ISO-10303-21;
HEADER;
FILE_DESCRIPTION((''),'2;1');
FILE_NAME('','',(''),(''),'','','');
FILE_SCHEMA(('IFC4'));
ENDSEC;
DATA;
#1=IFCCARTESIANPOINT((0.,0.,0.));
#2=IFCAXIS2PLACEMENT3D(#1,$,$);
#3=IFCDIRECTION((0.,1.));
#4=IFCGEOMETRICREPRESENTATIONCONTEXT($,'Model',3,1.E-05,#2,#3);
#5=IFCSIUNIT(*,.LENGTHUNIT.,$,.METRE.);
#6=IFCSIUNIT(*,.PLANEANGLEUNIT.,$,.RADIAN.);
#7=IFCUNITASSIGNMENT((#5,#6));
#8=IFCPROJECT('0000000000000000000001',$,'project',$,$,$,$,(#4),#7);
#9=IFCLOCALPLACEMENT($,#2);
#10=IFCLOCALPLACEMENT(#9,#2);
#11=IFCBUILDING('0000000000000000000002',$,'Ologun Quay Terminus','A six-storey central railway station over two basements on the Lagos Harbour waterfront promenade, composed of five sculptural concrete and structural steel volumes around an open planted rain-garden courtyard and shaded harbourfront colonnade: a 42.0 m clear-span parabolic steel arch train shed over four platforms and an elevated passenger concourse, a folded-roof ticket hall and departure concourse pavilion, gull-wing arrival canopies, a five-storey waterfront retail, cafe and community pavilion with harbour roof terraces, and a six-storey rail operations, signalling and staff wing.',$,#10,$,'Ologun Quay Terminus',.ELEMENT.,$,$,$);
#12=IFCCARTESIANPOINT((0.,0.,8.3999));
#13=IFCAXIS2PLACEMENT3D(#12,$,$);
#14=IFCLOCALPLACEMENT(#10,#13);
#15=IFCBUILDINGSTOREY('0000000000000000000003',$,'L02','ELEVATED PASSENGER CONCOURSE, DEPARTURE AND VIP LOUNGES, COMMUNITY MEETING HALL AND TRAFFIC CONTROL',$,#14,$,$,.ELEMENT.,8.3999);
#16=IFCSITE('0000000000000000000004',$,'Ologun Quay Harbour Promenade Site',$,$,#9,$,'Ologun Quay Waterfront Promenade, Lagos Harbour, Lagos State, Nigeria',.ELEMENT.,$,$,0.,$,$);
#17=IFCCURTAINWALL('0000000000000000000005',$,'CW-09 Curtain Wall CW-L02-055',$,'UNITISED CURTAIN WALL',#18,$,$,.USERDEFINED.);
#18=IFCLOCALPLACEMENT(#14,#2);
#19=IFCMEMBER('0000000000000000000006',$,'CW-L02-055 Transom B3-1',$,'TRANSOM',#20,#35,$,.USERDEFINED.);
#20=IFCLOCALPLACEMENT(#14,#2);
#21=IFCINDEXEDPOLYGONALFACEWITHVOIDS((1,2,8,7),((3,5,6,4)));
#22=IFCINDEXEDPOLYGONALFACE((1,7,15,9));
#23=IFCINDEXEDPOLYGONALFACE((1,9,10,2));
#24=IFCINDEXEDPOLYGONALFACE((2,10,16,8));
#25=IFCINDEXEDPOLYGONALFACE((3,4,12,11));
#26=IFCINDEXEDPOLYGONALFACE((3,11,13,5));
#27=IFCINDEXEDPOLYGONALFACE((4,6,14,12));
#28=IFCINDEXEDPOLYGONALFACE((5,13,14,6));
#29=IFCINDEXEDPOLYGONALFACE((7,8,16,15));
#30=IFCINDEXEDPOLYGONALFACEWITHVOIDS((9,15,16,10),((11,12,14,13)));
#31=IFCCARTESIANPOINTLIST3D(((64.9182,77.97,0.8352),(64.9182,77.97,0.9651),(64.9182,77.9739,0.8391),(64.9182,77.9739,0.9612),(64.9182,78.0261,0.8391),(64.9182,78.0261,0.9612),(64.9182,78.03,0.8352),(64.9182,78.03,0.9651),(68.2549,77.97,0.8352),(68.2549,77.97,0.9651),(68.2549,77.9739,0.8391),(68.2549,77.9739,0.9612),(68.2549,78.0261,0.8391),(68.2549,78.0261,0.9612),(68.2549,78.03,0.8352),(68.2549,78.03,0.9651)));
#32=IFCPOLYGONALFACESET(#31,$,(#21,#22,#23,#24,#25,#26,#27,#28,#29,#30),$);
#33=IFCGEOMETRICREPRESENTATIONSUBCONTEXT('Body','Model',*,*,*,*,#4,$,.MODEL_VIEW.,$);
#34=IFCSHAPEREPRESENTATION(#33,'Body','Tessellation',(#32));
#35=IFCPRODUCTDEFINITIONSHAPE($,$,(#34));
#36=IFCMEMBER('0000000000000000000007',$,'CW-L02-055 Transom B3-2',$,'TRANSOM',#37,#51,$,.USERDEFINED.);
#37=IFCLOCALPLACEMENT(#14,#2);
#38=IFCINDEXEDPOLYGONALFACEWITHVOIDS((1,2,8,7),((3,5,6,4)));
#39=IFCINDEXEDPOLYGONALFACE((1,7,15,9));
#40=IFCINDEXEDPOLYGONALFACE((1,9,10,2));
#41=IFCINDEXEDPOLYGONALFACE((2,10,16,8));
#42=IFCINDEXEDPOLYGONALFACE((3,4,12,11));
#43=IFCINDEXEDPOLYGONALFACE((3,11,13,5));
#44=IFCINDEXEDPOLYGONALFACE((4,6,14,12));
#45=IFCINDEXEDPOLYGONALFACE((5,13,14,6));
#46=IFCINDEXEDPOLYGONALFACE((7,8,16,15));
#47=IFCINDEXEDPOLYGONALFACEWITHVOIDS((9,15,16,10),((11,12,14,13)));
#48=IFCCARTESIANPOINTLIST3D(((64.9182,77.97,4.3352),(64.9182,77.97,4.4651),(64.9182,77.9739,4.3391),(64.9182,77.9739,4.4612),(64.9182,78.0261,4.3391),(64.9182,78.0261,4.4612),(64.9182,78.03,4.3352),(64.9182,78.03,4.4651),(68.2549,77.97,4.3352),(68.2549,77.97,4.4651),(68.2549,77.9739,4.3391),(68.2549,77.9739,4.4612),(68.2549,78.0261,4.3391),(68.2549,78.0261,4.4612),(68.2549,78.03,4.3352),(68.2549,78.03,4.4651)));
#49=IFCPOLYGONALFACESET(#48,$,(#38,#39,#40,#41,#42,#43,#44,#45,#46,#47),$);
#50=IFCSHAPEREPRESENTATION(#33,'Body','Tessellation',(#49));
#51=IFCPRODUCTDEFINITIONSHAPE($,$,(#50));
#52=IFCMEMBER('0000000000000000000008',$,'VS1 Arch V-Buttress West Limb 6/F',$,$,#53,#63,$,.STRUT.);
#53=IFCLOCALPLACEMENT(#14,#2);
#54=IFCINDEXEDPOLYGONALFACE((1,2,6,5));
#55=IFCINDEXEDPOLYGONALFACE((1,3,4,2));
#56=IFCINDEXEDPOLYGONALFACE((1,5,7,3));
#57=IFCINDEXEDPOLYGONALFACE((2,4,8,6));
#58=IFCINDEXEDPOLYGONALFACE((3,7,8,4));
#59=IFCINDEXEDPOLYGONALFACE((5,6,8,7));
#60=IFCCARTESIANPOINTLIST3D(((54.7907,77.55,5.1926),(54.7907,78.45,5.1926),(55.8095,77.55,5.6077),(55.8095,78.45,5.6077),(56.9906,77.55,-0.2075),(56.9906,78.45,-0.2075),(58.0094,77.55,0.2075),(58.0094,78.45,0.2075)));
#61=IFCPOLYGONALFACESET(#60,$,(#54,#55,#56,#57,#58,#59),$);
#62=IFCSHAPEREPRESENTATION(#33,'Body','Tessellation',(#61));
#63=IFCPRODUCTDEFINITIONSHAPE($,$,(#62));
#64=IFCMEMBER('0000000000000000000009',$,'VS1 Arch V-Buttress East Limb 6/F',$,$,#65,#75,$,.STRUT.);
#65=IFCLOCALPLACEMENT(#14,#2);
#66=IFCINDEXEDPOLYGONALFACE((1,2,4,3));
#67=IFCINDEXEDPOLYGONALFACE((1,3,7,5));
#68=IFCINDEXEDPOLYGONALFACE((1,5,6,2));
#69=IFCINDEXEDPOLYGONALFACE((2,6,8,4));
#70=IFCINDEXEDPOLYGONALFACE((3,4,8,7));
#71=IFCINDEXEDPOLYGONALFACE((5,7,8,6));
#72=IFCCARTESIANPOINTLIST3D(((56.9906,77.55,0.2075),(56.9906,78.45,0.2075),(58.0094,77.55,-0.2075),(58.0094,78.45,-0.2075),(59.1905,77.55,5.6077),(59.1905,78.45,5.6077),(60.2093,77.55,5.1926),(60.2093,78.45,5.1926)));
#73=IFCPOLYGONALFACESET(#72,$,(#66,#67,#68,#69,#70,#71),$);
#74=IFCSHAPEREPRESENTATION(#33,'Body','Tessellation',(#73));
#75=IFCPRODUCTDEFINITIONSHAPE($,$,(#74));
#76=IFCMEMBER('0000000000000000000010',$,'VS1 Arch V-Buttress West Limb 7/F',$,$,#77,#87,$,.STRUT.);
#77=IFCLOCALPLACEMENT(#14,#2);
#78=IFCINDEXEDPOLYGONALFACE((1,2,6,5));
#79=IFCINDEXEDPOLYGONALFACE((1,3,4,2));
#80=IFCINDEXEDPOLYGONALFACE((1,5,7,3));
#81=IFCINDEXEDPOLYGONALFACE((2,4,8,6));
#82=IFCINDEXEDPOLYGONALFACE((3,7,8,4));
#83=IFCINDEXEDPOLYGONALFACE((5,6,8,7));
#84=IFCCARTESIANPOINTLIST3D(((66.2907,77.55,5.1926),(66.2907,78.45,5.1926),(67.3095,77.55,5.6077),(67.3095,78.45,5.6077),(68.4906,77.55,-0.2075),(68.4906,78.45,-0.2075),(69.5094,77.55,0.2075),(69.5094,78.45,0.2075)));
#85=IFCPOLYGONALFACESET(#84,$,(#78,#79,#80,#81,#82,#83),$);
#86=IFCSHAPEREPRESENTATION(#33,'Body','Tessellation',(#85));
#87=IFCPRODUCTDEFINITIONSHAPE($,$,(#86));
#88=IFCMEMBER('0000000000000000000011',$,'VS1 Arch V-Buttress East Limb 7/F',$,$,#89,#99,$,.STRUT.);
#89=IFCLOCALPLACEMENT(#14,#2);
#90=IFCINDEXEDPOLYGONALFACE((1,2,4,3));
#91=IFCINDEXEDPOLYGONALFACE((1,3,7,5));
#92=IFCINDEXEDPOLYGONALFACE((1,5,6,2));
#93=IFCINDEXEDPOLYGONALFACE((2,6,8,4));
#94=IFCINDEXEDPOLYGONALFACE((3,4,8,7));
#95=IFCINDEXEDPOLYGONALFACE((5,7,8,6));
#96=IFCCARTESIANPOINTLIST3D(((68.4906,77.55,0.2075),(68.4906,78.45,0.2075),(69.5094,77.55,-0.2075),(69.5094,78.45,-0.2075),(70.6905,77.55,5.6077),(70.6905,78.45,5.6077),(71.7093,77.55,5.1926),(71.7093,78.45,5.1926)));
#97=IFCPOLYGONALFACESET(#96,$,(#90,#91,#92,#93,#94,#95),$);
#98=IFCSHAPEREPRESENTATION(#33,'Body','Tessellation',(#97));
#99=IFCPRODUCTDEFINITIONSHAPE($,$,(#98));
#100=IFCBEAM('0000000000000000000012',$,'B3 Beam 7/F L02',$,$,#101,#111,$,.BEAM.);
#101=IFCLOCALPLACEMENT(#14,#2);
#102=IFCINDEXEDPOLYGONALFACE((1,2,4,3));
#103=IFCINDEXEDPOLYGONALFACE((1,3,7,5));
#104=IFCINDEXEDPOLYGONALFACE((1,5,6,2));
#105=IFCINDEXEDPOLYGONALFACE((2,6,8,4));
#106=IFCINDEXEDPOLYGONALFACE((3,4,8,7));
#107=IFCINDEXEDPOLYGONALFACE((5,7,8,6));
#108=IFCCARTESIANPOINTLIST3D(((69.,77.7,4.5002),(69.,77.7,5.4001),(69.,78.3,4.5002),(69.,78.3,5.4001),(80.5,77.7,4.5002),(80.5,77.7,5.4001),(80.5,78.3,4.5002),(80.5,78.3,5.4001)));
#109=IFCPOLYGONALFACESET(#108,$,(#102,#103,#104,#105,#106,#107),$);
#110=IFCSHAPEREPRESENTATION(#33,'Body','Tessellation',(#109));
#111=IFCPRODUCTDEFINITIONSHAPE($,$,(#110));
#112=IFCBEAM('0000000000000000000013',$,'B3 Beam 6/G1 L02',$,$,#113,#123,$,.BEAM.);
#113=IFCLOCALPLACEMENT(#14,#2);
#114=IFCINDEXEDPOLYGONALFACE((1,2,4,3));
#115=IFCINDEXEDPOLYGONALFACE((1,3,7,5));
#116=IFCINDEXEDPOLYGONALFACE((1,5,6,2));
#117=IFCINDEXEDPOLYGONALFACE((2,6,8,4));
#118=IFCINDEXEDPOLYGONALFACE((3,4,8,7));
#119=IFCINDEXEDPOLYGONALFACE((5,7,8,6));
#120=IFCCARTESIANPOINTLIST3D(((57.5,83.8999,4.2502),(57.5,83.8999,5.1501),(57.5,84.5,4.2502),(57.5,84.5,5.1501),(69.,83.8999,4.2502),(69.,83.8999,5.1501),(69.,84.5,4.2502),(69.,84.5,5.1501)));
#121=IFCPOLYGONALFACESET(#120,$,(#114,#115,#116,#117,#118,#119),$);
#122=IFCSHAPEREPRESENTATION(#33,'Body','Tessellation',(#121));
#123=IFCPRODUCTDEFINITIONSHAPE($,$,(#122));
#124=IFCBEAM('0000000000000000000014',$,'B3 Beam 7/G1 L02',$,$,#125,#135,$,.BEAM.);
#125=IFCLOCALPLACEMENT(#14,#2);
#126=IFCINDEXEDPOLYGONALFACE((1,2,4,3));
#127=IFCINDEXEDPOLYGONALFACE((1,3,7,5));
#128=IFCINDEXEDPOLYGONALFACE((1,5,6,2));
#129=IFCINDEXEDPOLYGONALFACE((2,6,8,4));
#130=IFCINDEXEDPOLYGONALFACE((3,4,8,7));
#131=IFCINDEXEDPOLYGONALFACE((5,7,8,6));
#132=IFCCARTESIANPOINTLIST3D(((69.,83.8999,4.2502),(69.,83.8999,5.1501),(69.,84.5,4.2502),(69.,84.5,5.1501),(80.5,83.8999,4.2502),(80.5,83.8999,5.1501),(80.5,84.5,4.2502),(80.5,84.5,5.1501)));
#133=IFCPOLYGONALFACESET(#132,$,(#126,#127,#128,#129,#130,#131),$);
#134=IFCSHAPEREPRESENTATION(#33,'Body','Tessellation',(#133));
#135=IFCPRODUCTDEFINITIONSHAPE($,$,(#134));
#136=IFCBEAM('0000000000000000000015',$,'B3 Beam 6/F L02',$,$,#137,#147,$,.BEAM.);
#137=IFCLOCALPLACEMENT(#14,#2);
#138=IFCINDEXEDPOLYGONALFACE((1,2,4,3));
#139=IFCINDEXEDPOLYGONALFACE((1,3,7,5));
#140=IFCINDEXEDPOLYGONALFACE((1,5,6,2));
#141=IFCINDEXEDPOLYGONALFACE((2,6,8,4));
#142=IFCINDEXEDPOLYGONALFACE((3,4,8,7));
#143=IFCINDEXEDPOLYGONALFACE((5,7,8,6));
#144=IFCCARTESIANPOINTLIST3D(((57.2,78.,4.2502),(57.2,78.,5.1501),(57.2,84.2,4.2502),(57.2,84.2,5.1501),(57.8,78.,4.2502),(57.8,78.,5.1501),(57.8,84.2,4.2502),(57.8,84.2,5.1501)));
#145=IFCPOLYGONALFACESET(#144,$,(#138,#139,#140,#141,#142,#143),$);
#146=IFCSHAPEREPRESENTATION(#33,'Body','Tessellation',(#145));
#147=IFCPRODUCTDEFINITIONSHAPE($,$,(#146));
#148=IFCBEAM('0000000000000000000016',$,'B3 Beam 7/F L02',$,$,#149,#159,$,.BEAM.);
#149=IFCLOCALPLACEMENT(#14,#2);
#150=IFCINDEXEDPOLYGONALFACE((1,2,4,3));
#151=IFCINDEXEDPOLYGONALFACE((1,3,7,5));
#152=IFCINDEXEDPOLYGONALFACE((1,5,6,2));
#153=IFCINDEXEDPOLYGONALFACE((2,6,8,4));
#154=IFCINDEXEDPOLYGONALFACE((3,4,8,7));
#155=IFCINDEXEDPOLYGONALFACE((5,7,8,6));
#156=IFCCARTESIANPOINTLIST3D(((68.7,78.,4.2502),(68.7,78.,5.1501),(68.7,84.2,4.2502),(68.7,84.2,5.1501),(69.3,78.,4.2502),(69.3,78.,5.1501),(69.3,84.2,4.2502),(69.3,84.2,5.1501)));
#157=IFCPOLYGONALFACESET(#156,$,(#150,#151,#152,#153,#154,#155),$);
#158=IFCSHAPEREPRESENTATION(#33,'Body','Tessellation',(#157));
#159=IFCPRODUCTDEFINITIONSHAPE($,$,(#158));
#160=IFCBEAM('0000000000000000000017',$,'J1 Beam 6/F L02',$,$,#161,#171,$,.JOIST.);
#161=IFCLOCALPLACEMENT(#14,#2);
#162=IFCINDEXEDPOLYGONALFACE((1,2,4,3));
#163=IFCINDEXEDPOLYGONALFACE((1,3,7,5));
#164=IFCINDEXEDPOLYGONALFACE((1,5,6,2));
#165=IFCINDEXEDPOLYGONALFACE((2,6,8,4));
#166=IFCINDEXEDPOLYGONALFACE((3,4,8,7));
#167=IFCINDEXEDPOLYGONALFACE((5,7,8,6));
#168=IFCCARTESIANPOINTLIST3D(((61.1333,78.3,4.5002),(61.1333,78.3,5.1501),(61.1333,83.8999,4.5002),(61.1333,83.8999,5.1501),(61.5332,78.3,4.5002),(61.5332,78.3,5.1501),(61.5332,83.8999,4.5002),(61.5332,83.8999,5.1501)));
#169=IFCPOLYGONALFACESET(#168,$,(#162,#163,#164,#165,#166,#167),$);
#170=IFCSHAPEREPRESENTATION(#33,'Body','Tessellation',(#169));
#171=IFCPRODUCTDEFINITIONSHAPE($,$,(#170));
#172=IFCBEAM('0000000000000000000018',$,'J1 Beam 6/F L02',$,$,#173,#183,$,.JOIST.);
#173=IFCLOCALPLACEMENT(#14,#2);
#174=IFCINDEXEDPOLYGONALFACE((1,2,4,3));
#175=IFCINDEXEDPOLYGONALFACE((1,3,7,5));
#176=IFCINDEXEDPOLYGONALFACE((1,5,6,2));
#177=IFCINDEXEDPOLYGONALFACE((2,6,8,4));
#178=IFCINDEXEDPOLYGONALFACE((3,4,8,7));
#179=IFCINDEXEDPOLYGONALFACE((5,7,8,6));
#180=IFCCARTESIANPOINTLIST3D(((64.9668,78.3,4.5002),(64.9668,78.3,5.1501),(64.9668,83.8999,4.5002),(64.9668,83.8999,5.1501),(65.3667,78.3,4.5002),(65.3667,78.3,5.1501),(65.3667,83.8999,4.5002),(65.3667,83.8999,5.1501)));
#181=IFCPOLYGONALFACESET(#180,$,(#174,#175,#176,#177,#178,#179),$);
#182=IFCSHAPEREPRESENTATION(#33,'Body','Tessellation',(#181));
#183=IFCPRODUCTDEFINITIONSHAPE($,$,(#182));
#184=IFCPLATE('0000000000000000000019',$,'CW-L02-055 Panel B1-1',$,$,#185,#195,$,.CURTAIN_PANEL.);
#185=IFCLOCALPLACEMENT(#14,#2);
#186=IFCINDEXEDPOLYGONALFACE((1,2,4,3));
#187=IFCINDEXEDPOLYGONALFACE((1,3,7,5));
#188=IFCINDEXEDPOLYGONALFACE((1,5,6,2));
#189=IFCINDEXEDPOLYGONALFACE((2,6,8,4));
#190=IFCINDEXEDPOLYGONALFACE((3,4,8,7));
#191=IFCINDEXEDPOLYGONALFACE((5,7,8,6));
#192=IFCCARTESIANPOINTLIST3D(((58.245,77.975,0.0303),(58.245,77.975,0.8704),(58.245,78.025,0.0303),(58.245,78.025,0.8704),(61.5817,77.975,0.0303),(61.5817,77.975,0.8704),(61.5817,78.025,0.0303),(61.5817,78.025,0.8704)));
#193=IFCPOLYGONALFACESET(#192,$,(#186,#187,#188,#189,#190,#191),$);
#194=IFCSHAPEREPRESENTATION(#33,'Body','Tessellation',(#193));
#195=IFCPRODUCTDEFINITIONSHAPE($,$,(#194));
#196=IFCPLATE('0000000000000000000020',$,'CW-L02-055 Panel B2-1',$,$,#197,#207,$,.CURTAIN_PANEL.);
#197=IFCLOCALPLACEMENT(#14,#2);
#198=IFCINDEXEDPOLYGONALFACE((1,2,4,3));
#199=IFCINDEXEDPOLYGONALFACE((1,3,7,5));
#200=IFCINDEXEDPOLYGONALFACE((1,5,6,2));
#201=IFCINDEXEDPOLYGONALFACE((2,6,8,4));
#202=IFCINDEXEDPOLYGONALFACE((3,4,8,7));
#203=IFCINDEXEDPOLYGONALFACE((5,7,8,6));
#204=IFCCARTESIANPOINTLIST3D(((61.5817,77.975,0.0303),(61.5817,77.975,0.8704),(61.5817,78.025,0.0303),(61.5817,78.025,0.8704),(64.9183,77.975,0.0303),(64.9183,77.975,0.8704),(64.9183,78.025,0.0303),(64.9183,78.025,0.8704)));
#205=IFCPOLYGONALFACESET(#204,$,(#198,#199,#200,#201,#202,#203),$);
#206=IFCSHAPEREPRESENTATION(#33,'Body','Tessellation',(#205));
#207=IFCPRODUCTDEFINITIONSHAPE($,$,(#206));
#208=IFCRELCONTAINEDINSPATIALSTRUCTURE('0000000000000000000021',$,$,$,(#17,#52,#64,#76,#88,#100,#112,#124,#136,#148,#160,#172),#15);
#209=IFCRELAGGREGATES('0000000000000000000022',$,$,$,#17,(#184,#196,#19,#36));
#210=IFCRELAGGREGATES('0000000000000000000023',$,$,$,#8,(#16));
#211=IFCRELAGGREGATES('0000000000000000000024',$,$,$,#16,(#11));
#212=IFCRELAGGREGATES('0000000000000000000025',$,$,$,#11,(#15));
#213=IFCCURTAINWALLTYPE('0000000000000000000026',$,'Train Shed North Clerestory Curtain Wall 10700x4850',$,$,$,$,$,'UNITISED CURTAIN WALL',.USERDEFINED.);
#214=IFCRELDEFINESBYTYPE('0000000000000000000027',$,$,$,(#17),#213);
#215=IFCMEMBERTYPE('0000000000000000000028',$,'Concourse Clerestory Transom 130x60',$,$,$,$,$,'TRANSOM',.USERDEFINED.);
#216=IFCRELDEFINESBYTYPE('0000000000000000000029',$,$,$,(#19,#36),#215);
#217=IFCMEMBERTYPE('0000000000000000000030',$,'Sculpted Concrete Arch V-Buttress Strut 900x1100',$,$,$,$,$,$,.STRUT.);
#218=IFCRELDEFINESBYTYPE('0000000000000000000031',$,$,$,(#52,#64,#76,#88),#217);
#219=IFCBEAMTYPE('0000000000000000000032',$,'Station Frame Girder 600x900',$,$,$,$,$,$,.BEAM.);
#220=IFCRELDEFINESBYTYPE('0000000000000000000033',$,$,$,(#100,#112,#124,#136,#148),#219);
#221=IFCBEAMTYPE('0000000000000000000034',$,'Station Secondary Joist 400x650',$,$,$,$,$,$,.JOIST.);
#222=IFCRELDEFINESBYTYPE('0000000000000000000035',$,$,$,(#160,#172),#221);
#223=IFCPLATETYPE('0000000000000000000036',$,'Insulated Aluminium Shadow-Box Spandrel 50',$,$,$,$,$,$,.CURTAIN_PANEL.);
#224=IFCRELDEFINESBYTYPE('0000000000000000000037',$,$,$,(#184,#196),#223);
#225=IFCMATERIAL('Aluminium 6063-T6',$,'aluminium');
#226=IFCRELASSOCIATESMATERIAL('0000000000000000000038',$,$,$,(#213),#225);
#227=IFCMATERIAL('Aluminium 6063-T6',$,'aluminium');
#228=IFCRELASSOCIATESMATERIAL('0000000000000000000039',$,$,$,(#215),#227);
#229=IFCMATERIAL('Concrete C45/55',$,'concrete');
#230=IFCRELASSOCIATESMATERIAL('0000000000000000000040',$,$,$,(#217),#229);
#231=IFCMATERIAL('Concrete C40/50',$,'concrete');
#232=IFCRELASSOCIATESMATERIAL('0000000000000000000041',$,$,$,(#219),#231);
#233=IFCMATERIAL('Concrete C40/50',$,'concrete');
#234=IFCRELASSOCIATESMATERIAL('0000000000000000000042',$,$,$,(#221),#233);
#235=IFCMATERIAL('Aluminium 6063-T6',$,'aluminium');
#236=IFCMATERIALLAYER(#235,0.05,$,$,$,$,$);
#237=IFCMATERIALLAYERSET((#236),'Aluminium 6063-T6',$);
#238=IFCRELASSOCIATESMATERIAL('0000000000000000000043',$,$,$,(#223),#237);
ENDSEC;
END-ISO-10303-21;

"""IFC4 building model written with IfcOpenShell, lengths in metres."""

from ifc_helpers import new_model, si_unit, direction, frame, origin, origin_2d, place, context, subcontext, project, spatial, rectangle, hollow_rectangle, extrude, material, layer, layer_set, material_profile, profile_set, type_object, element, aggregate, save


model = new_model("IFC4")

# Units and contexts
model_context = context("Model", 3, precision=1e-05, world=origin(), true_north=direction((0.0, 1.0)))
body_context = subcontext(model_context, "Body", "Model", "MODEL_VIEW")
ifc_project = project(units=[si_unit("LENGTHUNIT", "METRE"), si_unit("PLANEANGLEUNIT", "RADIAN")], contexts=[model_context])

# Site, building, storey
site_placement = place(None, origin())
site = spatial("IfcSite", under=ifc_project, at=site_placement, Name="Ologun Quay Harbour Promenade Site", LongName="Ologun Quay Waterfront Promenade, Lagos Harbour, Lagos State, Nigeria", CompositionType="ELEMENT", RefElevation=0.0)
building_placement = place(site_placement, origin())
building = spatial("IfcBuilding", under=site, at=building_placement, Name="Ologun Quay Terminus", Description="A six-storey central railway station over two basements on the Lagos Harbour waterfront promenade, composed of five sculptural concrete and structural steel volumes around an open planted rain-garden courtyard and shaded harbourfront colonnade: a 42.0 m clear-span parabolic steel arch train shed over four platforms and an elevated passenger concourse, a folded-roof ticket hall and departure concourse pavilion, gull-wing arrival canopies, a five-storey waterfront retail, cafe and community pavilion with harbour roof terraces, and a six-storey rail operations, signalling and staff wing.", LongName="Ologun Quay Terminus", CompositionType="ELEMENT")
storey_placement = place(building_placement, frame((0.0, 0.0, 8.3999)))
storey = spatial("IfcBuildingStorey", under=building, at=storey_placement, Name="L02", Description="ELEVATED PASSENGER CONCOURSE, DEPARTURE AND VIP LOUNGES, COMMUNITY MEETING HALL AND TRAFFIC CONTROL", CompositionType="ELEMENT", Elevation=8.3999)

# Curtain wall, members
ifc_material_1 = material(Name="Aluminium 6063-T6", Category="aluminium")
curtain_wall_type = type_object("IfcCurtainWallType", Name="Train Shed North Clerestory Curtain Wall 10700x4850", ElementType="UNITISED CURTAIN WALL", PredefinedType="USERDEFINED", material=ifc_material_1)
curtain_wall_placement = place(storey_placement, origin())
curtain_wall = element("IfcCurtainWall", 1, at=curtain_wall_placement, inside=storey, type_object=curtain_wall_type, Name="CW-09 Curtain Wall CW-L02-055", ObjectType="UNITISED CURTAIN WALL", PredefinedType="USERDEFINED")
ifc_material_2 = material(Name="Aluminium 6063-T6", Category="aluminium")
ifc_material_profile_1 = material_profile(ifc_material_2, hollow_rectangle(XDim=0.0601, YDim=0.1299, WallThickness=0.0039, at=origin_2d()), Name="ALU 130x60x4")
ifc_profile_set_1 = profile_set([ifc_material_profile_1], Name="Aluminium 6063-T6")
member_type_1 = type_object("IfcMemberType", Name="Concourse Clerestory Transom 130x60", ElementType="TRANSOM", PredefinedType="USERDEFINED", material=ifc_profile_set_1)
member_1_placement = place(storey_placement, frame((64.9182, 78.0, 0.9001), z_axis=(1.0, 0.0, 0.0), x_axis=(0.0, 1.0, 0.0)))
member_1 = element("IfcMember", 2, at=member_1_placement, type_object=member_type_1, Name="CW-L02-055 Transom B3-1", ObjectType="TRANSOM", PredefinedType="USERDEFINED", context=body_context, shape_type="SweptSolid", body=[
    extrude(hollow_rectangle(XDim=0.0601, YDim=0.1299, WallThickness=0.0039, at=origin_2d()), origin(), (0.0, 0.0, 1.0), 3.3367),
])
member_2_placement = place(storey_placement, frame((64.9182, 78.0, 4.4001), z_axis=(1.0, 0.0, 0.0), x_axis=(0.0, 1.0, 0.0)))
member_2 = element("IfcMember", 3, at=member_2_placement, type_object=member_type_1, Name="CW-L02-055 Transom B3-2", ObjectType="TRANSOM", PredefinedType="USERDEFINED", context=body_context, shape_type="SweptSolid", body=[
    extrude(hollow_rectangle(XDim=0.0601, YDim=0.1299, WallThickness=0.0039, at=origin_2d()), origin(), (0.0, 0.0, 1.0), 3.3367),
])

# Members
ifc_material_3 = material(Name="Concrete C45/55", Category="concrete")
ifc_material_profile_2 = material_profile(ifc_material_3, rectangle(XDim=0.8999, YDim=1.1001, at=origin_2d()), Name="RC 900x1100")
ifc_profile_set_2 = profile_set([ifc_material_profile_2], Name="Concrete C45/55")
member_type_2 = type_object("IfcMemberType", Name="Sculpted Concrete Arch V-Buttress Strut 900x1100", PredefinedType="STRUT", material=ifc_profile_set_2)
for number, where, z_axis, x_axis, name in (
    (4, (57.5, 78.0, 0.0), (-0.377281, 0.0, 0.926099), (0.0, -1.0, 0.0), "VS1 Arch V-Buttress West Limb 6/F"),
    (5, (57.5, 78.0, 0.0), (0.377281, 0.0, 0.926099), (0.0, 1.0, 0.0), "VS1 Arch V-Buttress East Limb 6/F"),
    (6, (69.0, 78.0, 0.0), (-0.377281, 0.0, 0.926099), (0.0, -1.0, 0.0), "VS1 Arch V-Buttress West Limb 7/F"),
    (7, (69.0, 78.0, 0.0), (0.377281, 0.0, 0.926099), (0.0, 1.0, 0.0), "VS1 Arch V-Buttress East Limb 7/F"),
):
    element("IfcMember", number, at=place(storey_placement, frame(where, z_axis=z_axis, x_axis=x_axis)), inside=storey, type_object=member_type_2, Name=name, PredefinedType="STRUT", context=body_context, shape_type="SweptSolid", body=[
        extrude(rectangle(XDim=0.8999, YDim=1.1001, at=origin_2d()), origin(), (0.0, 0.0, 1.0), 5.8311),
    ])

# Beams
ifc_material_4 = material(Name="Concrete C40/50", Category="concrete")
ifc_material_profile_3 = material_profile(ifc_material_4, rectangle(XDim=0.6001, YDim=0.8999, at=origin_2d()), Name="RC 600x900")
ifc_profile_set_3 = profile_set([ifc_material_profile_3], Name="Concrete C40/50")
beam_type_1 = type_object("IfcBeamType", Name="Station Frame Girder 600x900", PredefinedType="BEAM", material=ifc_profile_set_3)
for number, where, z_axis, x_axis, name in (
    (8, (69.0, 78.0, 4.9502), (1.0, 0.0, 0.0), (0.0, 1.0, 0.0), "B3 Beam 7/F L02"),
    (9, (57.5, 84.2, 4.7002), (1.0, 0.0, 0.0), (0.0, 1.0, 0.0), "B3 Beam 6/G1 L02"),
    (10, (69.0, 84.2, 4.7002), (1.0, 0.0, 0.0), (0.0, 1.0, 0.0), "B3 Beam 7/G1 L02"),
):
    element("IfcBeam", number, at=place(storey_placement, frame(where, z_axis=z_axis, x_axis=x_axis)), inside=storey, type_object=beam_type_1, Name=name, PredefinedType="BEAM", context=body_context, shape_type="SweptSolid", body=[
        extrude(rectangle(XDim=0.6001, YDim=0.8999, at=origin_2d()), origin(), (0.0, 0.0, 1.0), 11.5),
    ])
for number, where, z_axis, x_axis, name in (
    (11, (57.5, 78.0, 4.7002), (0.0, 1.0, 0.0), (-1.0, 0.0, 0.0), "B3 Beam 6/F L02"),
    (12, (69.0, 78.0, 4.7002), (0.0, 1.0, 0.0), (-1.0, 0.0, 0.0), "B3 Beam 7/F L02"),
):
    element("IfcBeam", number, at=place(storey_placement, frame(where, z_axis=z_axis, x_axis=x_axis)), inside=storey, type_object=beam_type_1, Name=name, PredefinedType="BEAM", context=body_context, shape_type="SweptSolid", body=[
        extrude(rectangle(XDim=0.6001, YDim=0.8999, at=origin_2d()), origin(), (0.0, 0.0, 1.0), 6.2),
    ])
ifc_material_5 = material(Name="Concrete C40/50", Category="concrete")
ifc_material_profile_4 = material_profile(ifc_material_5, rectangle(XDim=0.3999, YDim=0.6499, at=origin_2d()), Name="RC 400x650")
ifc_profile_set_4 = profile_set([ifc_material_profile_4], Name="Concrete C40/50")
beam_type_2 = type_object("IfcBeamType", Name="Station Secondary Joist 400x650", PredefinedType="JOIST", material=ifc_profile_set_4)
for number, where, z_axis, x_axis, name in (
    (13, (61.3333, 78.3, 4.8252), (0.0, 1.0, 0.0), (-1.0, 0.0, 0.0), "J1 Beam 6/F L02"),
    (14, (65.1667, 78.3, 4.8252), (0.0, 1.0, 0.0), (-1.0, 0.0, 0.0), "J1 Beam 6/F L02"),
):
    element("IfcBeam", number, at=place(storey_placement, frame(where, z_axis=z_axis, x_axis=x_axis)), inside=storey, type_object=beam_type_2, Name=name, PredefinedType="JOIST", context=body_context, shape_type="SweptSolid", body=[
        extrude(rectangle(XDim=0.3999, YDim=0.6499, at=origin_2d()), origin(), (0.0, 0.0, 1.0), 5.5999),
    ])

# Plates
ifc_material_6 = material(Name="Aluminium 6063-T6", Category="aluminium")
ifc_layer_1 = layer(ifc_material_6, 0.05)
ifc_layer_set_1 = layer_set([ifc_layer_1], Name="Aluminium 6063-T6")
plate_type_1 = type_object("IfcPlateType", Name="Insulated Aluminium Shadow-Box Spandrel 50", PredefinedType="CURTAIN_PANEL", material=ifc_layer_set_1)
plate_1_placement = place(storey_placement, frame((59.9133, 78.0, 0.0303), z_axis=(0.0, 0.0, 1.0), x_axis=(1.0, 0.0, 0.0)))
plate_1 = element("IfcPlate", 15, at=plate_1_placement, type_object=plate_type_1, Name="CW-L02-055 Panel B1-1", PredefinedType="CURTAIN_PANEL", context=body_context, shape_type="SweptSolid", body=[
    extrude(rectangle(XDim=3.3367, YDim=0.05, at=origin_2d()), origin(), (0.0, 0.0, 1.0), 0.8401),
])
plate_2_placement = place(storey_placement, frame((63.25, 78.0, 0.0303), z_axis=(0.0, 0.0, 1.0), x_axis=(1.0, 0.0, 0.0)))
plate_2 = element("IfcPlate", 16, at=plate_2_placement, type_object=plate_type_1, Name="CW-L02-055 Panel B2-1", PredefinedType="CURTAIN_PANEL", context=body_context, shape_type="SweptSolid", body=[
    extrude(rectangle(XDim=3.3367, YDim=0.05, at=origin_2d()), origin(), (0.0, 0.0, 1.0), 0.8401),
])
aggregate(curtain_wall, [plate_1, plate_2, member_1, member_2])

save(model, "model.ifc")
